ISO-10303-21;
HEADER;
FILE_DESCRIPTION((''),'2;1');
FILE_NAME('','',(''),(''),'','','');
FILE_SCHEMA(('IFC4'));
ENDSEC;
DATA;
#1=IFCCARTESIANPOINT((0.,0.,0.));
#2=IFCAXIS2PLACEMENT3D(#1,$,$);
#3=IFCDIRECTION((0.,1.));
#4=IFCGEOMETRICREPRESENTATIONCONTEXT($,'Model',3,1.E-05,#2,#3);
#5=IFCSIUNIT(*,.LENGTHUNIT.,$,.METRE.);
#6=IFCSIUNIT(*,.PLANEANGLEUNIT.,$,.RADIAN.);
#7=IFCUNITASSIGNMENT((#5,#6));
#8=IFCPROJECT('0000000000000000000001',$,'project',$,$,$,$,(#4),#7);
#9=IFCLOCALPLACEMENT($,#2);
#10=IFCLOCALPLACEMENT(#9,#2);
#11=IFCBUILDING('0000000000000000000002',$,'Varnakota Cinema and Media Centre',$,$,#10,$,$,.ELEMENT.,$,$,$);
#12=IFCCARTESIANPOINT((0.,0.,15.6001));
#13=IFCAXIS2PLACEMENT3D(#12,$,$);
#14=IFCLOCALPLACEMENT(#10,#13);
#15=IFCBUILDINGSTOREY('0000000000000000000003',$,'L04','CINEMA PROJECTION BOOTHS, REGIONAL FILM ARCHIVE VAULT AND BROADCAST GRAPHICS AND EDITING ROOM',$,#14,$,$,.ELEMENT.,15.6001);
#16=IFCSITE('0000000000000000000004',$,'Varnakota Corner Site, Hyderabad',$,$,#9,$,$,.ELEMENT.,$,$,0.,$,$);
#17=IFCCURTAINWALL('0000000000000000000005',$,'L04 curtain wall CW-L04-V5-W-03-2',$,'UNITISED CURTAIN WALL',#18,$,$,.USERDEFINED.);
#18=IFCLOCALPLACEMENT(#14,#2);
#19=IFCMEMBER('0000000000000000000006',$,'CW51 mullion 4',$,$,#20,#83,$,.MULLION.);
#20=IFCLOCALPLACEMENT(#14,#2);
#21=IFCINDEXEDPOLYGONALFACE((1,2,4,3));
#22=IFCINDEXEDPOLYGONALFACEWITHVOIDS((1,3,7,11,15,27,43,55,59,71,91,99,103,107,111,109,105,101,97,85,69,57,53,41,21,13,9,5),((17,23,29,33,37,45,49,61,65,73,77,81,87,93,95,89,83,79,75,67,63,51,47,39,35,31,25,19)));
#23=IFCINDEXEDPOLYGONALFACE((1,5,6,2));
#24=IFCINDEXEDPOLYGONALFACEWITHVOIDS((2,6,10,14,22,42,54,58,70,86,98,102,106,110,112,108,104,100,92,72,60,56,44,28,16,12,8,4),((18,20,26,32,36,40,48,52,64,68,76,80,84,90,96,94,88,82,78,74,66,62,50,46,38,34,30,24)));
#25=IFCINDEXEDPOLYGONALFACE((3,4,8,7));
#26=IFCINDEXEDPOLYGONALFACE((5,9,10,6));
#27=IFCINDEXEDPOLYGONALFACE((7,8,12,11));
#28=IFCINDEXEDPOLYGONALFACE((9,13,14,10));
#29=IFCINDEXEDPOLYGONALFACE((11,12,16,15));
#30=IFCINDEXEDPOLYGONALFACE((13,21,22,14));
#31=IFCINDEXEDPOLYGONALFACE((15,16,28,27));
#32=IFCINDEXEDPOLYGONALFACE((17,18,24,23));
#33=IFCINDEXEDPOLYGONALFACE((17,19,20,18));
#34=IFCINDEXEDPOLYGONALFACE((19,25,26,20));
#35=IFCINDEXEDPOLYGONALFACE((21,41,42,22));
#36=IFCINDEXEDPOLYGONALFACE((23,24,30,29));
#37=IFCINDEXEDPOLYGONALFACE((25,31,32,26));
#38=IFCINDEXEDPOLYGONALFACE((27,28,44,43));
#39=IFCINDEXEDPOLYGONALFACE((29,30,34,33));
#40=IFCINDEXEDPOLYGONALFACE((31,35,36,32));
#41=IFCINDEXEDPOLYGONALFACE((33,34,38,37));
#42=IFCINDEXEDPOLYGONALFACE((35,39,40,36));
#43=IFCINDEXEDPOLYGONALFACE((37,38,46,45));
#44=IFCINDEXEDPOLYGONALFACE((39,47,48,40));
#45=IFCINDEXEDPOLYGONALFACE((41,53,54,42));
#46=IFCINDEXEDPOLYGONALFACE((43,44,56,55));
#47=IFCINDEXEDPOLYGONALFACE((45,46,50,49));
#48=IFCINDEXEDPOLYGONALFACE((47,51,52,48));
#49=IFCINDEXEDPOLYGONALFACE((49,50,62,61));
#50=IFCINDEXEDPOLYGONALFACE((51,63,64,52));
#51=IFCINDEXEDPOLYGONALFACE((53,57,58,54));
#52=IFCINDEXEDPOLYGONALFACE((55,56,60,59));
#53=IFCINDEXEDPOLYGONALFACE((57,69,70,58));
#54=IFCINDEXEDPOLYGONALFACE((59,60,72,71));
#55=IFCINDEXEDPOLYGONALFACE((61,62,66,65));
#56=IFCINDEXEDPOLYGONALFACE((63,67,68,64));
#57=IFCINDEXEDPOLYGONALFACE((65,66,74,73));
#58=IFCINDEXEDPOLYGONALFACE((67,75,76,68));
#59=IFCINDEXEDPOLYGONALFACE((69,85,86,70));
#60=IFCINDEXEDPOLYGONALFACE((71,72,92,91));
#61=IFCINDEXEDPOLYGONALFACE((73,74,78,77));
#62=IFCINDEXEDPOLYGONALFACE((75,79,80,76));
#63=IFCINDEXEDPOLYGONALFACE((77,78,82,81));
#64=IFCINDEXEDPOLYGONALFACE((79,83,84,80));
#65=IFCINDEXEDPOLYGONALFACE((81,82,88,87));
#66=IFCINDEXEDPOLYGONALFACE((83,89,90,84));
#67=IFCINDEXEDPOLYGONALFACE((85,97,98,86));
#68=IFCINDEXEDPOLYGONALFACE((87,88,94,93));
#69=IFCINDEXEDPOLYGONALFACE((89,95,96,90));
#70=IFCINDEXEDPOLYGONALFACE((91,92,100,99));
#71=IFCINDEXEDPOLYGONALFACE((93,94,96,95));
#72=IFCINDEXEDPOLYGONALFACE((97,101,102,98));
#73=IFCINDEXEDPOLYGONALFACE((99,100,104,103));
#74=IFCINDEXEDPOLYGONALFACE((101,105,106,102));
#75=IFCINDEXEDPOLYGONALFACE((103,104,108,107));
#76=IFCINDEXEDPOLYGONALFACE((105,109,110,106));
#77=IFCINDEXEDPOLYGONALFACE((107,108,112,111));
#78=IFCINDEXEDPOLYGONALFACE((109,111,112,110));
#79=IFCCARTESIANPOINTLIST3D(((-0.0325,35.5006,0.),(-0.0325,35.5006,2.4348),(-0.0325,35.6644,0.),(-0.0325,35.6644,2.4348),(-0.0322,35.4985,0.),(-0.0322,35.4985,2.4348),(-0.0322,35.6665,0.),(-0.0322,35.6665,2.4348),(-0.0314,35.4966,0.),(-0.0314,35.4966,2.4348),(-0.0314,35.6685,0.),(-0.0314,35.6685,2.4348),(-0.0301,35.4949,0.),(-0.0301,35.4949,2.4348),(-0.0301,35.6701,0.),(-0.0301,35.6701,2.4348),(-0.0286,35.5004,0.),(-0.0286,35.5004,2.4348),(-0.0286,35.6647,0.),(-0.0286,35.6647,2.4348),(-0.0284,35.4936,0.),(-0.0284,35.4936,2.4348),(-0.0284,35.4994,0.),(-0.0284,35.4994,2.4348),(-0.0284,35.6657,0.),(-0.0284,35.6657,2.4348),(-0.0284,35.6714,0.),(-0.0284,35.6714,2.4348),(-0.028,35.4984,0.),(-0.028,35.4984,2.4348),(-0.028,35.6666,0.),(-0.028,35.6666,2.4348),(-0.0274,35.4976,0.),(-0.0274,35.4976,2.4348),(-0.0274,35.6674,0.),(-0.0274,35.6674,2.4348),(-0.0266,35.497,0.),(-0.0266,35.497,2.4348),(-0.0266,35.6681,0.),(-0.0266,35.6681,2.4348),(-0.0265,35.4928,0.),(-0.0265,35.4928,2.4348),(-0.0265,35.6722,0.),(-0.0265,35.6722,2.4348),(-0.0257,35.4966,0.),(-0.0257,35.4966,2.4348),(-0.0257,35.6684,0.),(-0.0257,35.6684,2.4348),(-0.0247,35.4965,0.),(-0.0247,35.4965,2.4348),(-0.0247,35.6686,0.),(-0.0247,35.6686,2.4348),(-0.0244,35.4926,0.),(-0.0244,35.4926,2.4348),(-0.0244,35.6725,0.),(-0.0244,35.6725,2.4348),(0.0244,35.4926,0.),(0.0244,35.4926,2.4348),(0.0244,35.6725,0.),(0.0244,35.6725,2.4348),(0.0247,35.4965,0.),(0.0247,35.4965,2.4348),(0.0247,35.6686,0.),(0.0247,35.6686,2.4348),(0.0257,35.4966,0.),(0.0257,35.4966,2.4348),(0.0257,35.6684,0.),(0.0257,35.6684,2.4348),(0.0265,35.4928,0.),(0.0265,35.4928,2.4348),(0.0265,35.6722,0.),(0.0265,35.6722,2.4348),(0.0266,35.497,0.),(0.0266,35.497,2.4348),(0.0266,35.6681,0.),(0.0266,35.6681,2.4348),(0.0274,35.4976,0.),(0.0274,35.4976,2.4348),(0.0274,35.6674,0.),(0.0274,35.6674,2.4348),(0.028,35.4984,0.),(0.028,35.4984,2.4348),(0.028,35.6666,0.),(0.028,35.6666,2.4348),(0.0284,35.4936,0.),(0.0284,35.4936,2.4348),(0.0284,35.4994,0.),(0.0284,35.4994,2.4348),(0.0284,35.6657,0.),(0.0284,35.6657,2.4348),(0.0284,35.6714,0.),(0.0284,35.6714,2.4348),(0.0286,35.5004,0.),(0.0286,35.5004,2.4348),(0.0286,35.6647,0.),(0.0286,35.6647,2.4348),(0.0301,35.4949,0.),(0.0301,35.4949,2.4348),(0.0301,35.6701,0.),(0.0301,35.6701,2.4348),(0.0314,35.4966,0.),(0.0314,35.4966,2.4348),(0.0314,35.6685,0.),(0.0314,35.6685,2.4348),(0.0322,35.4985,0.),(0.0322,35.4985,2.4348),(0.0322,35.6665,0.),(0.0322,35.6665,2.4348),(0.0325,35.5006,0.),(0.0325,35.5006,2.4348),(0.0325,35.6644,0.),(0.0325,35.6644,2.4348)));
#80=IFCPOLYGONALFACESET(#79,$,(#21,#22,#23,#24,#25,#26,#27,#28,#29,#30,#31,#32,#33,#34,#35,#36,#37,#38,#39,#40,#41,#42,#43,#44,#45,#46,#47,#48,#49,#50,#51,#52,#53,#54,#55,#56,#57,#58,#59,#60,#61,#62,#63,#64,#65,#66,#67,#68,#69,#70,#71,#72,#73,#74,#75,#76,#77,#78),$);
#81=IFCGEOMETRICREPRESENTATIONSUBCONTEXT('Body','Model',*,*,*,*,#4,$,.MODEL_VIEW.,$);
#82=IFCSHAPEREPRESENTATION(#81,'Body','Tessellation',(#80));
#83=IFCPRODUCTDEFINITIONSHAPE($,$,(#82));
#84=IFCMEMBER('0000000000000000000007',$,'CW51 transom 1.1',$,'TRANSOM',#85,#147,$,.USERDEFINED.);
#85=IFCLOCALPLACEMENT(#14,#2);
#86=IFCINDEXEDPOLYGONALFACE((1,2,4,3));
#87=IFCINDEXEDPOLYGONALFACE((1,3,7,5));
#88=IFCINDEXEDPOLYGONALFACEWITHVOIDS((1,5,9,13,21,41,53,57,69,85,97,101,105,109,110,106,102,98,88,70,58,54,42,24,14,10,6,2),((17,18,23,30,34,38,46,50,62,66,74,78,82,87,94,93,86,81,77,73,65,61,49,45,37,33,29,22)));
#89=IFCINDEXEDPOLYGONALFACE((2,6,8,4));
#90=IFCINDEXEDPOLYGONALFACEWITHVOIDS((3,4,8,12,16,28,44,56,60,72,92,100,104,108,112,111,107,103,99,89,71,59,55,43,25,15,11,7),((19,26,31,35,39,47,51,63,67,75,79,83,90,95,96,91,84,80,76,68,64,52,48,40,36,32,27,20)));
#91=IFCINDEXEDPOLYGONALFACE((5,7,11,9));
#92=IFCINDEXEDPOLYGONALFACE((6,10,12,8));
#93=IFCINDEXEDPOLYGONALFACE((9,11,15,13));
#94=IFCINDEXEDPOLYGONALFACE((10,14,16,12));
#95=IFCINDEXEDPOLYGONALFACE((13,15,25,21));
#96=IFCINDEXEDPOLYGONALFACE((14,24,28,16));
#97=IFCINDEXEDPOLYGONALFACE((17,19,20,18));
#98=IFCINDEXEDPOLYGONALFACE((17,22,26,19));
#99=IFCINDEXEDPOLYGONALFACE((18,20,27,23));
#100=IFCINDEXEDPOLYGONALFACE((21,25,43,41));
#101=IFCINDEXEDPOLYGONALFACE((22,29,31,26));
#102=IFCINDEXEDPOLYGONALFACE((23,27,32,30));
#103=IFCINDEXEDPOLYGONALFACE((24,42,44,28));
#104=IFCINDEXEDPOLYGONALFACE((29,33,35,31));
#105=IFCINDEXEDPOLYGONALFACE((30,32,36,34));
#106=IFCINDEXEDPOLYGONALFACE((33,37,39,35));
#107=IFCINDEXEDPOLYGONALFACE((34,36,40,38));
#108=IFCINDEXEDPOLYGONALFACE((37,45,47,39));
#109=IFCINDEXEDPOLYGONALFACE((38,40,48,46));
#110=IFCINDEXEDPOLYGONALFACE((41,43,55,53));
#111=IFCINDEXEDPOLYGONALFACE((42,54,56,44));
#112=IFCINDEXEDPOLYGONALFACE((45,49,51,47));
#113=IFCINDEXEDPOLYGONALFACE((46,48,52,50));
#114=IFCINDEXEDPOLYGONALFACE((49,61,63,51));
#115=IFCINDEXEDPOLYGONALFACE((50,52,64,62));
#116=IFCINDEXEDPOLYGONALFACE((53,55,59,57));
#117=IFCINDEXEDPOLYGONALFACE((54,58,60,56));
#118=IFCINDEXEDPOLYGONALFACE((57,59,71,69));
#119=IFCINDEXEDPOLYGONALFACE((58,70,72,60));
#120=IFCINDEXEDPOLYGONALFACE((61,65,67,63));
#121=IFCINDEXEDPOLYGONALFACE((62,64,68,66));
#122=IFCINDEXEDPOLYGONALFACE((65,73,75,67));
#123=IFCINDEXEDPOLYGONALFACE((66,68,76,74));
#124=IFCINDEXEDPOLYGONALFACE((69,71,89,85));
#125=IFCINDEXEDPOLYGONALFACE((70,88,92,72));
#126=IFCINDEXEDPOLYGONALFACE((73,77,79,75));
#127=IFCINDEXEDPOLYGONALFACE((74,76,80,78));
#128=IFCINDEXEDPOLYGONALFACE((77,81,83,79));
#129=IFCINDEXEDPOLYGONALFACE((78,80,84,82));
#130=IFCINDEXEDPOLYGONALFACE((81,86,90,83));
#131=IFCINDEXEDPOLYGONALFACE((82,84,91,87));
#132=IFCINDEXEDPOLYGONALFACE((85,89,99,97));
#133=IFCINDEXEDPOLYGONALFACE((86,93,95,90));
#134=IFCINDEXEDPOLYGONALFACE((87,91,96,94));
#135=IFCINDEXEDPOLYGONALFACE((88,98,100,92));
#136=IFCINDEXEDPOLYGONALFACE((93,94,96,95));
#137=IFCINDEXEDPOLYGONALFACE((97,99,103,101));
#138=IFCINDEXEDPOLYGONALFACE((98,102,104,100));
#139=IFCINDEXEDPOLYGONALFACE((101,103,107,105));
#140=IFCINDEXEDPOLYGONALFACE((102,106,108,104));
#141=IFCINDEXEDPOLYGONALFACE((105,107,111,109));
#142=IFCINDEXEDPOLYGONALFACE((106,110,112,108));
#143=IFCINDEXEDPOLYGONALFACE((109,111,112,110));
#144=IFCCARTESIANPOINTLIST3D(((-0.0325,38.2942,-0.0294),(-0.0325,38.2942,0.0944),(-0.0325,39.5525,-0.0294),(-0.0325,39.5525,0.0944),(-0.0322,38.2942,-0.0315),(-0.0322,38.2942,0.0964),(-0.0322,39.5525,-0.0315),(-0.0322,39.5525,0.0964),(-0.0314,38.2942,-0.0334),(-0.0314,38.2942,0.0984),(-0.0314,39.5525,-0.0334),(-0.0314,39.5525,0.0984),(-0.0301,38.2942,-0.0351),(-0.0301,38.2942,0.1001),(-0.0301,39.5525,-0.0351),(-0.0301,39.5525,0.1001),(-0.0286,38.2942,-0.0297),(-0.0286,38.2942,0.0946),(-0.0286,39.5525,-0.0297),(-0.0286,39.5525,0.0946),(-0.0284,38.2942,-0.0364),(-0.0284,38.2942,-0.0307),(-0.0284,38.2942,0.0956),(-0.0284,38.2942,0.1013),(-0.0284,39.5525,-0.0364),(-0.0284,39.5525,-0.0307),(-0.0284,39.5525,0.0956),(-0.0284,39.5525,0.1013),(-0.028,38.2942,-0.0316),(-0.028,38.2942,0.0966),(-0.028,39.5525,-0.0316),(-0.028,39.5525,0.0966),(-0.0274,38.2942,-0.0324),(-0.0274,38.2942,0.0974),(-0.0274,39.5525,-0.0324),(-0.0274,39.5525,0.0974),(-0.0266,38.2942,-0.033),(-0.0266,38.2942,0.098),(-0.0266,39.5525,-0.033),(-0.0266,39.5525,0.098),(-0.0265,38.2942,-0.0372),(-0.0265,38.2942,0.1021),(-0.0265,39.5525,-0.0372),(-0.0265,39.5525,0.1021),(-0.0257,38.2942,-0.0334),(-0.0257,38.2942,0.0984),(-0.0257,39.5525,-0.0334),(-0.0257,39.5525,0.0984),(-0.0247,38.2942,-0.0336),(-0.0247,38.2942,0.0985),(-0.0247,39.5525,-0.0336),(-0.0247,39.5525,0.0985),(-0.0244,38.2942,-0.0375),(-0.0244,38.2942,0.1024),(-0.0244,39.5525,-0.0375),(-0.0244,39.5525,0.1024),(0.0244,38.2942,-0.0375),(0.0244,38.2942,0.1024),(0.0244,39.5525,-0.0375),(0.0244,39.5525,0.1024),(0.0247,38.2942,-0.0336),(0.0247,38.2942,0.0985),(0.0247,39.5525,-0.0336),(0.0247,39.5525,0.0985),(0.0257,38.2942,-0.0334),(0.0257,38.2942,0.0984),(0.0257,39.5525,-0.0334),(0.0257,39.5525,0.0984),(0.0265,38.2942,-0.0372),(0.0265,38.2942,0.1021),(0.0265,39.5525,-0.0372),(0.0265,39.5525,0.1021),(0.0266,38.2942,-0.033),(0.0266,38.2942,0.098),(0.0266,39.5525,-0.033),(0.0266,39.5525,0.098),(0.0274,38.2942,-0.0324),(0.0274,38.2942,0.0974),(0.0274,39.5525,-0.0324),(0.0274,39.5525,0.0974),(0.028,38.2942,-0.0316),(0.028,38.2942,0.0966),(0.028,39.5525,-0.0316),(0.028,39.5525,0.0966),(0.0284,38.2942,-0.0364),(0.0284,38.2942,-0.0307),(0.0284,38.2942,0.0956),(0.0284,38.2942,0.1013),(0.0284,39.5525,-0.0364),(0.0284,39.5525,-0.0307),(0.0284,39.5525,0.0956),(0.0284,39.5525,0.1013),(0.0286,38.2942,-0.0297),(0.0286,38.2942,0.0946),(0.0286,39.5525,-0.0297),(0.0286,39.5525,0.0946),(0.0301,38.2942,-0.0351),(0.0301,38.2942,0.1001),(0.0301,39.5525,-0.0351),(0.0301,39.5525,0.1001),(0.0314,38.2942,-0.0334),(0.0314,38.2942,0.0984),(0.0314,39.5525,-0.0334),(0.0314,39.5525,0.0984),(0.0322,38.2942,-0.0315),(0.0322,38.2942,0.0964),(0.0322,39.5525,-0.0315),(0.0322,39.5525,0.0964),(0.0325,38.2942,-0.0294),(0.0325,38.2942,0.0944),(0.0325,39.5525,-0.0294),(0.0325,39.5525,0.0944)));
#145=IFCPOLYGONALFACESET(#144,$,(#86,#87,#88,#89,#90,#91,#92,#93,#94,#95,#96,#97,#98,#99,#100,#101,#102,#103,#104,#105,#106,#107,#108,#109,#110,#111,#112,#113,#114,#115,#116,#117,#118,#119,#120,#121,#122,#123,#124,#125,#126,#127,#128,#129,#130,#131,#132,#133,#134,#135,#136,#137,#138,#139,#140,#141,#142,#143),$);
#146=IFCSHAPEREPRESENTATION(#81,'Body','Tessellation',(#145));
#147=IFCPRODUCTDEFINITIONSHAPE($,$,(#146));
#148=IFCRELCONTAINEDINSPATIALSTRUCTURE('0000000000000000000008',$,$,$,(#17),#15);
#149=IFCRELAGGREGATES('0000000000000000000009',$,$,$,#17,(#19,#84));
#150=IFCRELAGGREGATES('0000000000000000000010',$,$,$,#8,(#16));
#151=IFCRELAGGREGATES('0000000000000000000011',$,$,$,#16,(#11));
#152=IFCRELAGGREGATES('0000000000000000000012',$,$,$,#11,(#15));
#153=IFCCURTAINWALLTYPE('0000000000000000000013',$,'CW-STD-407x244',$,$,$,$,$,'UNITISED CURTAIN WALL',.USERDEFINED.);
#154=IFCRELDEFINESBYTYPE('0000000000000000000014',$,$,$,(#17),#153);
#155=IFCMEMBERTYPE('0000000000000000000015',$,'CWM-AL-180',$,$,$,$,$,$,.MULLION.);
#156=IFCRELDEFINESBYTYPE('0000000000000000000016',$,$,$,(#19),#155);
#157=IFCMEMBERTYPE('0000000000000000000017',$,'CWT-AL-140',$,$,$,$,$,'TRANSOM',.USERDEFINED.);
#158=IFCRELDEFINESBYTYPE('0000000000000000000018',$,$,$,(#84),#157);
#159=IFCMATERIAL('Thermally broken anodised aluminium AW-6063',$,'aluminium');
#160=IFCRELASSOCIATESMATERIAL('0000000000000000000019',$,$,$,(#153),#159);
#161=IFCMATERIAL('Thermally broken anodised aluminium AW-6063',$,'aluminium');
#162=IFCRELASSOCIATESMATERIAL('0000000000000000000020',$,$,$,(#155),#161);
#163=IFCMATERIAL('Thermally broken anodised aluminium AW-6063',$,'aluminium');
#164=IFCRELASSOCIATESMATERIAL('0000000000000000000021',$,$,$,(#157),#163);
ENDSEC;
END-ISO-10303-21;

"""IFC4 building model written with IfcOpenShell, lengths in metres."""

from ifc_helpers import new_model, si_unit, direction, frame, origin, origin_2d, place, context, subcontext, project, spatial, hollow_rectangle, extrude, material, material_profile, profile_set, type_object, element, aggregate, save


model = new_model("IFC4")

# Units and contexts
model_context = context("Model", 3, precision=1e-05, world=origin(), true_north=direction((0.0, 1.0)))
body_context = subcontext(model_context, "Body", "Model", "MODEL_VIEW")
ifc_project = project(units=[si_unit("LENGTHUNIT", "METRE"), si_unit("PLANEANGLEUNIT", "RADIAN")], contexts=[model_context])

# Site, building, storey
site_placement = place(None, origin())
site = spatial("IfcSite", under=ifc_project, at=site_placement, Name="Varnakota Corner Site, Hyderabad", CompositionType="ELEMENT", RefElevation=0.0)
building_placement = place(site_placement, origin())
building = spatial("IfcBuilding", under=site, at=building_placement, Name="Varnakota Cinema and Media Centre", CompositionType="ELEMENT")
storey_placement = place(building_placement, frame((0.0, 0.0, 15.6001)))
storey = spatial("IfcBuildingStorey", under=building, at=storey_placement, Name="L04", Description="CINEMA PROJECTION BOOTHS, REGIONAL FILM ARCHIVE VAULT AND BROADCAST GRAPHICS AND EDITING ROOM", CompositionType="ELEMENT", Elevation=15.6001)

# Shared definitions
ifc_material_1 = material(Name="Thermally broken anodised aluminium AW-6063", Category="aluminium")
curtain_wall_type = type_object("IfcCurtainWallType", Name="CW-STD-407x244", ElementType="UNITISED CURTAIN WALL", PredefinedType="USERDEFINED", material=ifc_material_1)
ifc_material_2 = material(Name="Thermally broken anodised aluminium AW-6063", Category="aluminium")
ifc_material_profile_1 = material_profile(ifc_material_2, hollow_rectangle(XDim=0.0649, YDim=0.1799, WallThickness=0.0039, InnerFilletRadius=0.0039, OuterFilletRadius=0.0081, at=origin_2d()), Name="AL-MULLION 180x65x4")
ifc_profile_set_1 = profile_set([ifc_material_profile_1], Name="Thermally broken anodised aluminium AW-6063")
member_type_1 = type_object("IfcMemberType", Name="CWM-AL-180", PredefinedType="MULLION", material=ifc_profile_set_1)

# Curtain wall, members
curtain_wall_1_placement = place(storey_placement, origin())
curtain_wall_1 = element("IfcCurtainWall", 1, at=curtain_wall_1_placement, inside=storey, type_object=curtain_wall_type, Name="L04 curtain wall CW-L04-V5-W-03-2", ObjectType="UNITISED CURTAIN WALL", PredefinedType="USERDEFINED")
member_1_placement = place(storey_placement, frame((0.0, 35.5825, 0.0), z_axis=(0.0, 0.0, 1.0), x_axis=(1.0, 0.0, 0.0)))
member_1 = element("IfcMember", 2, at=member_1_placement, type_object=member_type_1, Name="CW51 mullion 4", PredefinedType="MULLION", context=body_context, shape_type="SweptSolid", body=[
    extrude(hollow_rectangle(XDim=0.0649, YDim=0.1799, WallThickness=0.0039, InnerFilletRadius=0.0039, OuterFilletRadius=0.0081, at=origin_2d()), origin(), (0.0, 0.0, 1.0), 2.4348),
])
ifc_material_3 = material(Name="Thermally broken anodised aluminium AW-6063", Category="aluminium")
ifc_material_profile_2 = material_profile(ifc_material_3, hollow_rectangle(XDim=0.0649, YDim=0.1399, WallThickness=0.0039, InnerFilletRadius=0.0039, OuterFilletRadius=0.0081, at=origin_2d()), Name="AL-TRANSOM 140x65x4")
ifc_profile_set_2 = profile_set([ifc_material_profile_2], Name="Thermally broken anodised aluminium AW-6063")
member_type_2 = type_object("IfcMemberType", Name="CWT-AL-140", ElementType="TRANSOM", PredefinedType="USERDEFINED", material=ifc_profile_set_2)
member_2_placement = place(storey_placement, frame((0.0, 39.5525, 0.0325), z_axis=(0.0, -1.0, 0.0), x_axis=(1.0, 0.0, 0.0)))
member_2 = element("IfcMember", 3, at=member_2_placement, type_object=member_type_2, Name="CW51 transom 1.1", ObjectType="TRANSOM", PredefinedType="USERDEFINED", context=body_context, shape_type="SweptSolid", body=[
    extrude(hollow_rectangle(XDim=0.0649, YDim=0.1399, WallThickness=0.0039, InnerFilletRadius=0.0039, OuterFilletRadius=0.0081, at=origin_2d()), origin(), (0.0, 0.0, 1.0), 1.2583),
])

aggregate(curtain_wall_1, [member_1, member_2])

save(model, "model.ifc")
